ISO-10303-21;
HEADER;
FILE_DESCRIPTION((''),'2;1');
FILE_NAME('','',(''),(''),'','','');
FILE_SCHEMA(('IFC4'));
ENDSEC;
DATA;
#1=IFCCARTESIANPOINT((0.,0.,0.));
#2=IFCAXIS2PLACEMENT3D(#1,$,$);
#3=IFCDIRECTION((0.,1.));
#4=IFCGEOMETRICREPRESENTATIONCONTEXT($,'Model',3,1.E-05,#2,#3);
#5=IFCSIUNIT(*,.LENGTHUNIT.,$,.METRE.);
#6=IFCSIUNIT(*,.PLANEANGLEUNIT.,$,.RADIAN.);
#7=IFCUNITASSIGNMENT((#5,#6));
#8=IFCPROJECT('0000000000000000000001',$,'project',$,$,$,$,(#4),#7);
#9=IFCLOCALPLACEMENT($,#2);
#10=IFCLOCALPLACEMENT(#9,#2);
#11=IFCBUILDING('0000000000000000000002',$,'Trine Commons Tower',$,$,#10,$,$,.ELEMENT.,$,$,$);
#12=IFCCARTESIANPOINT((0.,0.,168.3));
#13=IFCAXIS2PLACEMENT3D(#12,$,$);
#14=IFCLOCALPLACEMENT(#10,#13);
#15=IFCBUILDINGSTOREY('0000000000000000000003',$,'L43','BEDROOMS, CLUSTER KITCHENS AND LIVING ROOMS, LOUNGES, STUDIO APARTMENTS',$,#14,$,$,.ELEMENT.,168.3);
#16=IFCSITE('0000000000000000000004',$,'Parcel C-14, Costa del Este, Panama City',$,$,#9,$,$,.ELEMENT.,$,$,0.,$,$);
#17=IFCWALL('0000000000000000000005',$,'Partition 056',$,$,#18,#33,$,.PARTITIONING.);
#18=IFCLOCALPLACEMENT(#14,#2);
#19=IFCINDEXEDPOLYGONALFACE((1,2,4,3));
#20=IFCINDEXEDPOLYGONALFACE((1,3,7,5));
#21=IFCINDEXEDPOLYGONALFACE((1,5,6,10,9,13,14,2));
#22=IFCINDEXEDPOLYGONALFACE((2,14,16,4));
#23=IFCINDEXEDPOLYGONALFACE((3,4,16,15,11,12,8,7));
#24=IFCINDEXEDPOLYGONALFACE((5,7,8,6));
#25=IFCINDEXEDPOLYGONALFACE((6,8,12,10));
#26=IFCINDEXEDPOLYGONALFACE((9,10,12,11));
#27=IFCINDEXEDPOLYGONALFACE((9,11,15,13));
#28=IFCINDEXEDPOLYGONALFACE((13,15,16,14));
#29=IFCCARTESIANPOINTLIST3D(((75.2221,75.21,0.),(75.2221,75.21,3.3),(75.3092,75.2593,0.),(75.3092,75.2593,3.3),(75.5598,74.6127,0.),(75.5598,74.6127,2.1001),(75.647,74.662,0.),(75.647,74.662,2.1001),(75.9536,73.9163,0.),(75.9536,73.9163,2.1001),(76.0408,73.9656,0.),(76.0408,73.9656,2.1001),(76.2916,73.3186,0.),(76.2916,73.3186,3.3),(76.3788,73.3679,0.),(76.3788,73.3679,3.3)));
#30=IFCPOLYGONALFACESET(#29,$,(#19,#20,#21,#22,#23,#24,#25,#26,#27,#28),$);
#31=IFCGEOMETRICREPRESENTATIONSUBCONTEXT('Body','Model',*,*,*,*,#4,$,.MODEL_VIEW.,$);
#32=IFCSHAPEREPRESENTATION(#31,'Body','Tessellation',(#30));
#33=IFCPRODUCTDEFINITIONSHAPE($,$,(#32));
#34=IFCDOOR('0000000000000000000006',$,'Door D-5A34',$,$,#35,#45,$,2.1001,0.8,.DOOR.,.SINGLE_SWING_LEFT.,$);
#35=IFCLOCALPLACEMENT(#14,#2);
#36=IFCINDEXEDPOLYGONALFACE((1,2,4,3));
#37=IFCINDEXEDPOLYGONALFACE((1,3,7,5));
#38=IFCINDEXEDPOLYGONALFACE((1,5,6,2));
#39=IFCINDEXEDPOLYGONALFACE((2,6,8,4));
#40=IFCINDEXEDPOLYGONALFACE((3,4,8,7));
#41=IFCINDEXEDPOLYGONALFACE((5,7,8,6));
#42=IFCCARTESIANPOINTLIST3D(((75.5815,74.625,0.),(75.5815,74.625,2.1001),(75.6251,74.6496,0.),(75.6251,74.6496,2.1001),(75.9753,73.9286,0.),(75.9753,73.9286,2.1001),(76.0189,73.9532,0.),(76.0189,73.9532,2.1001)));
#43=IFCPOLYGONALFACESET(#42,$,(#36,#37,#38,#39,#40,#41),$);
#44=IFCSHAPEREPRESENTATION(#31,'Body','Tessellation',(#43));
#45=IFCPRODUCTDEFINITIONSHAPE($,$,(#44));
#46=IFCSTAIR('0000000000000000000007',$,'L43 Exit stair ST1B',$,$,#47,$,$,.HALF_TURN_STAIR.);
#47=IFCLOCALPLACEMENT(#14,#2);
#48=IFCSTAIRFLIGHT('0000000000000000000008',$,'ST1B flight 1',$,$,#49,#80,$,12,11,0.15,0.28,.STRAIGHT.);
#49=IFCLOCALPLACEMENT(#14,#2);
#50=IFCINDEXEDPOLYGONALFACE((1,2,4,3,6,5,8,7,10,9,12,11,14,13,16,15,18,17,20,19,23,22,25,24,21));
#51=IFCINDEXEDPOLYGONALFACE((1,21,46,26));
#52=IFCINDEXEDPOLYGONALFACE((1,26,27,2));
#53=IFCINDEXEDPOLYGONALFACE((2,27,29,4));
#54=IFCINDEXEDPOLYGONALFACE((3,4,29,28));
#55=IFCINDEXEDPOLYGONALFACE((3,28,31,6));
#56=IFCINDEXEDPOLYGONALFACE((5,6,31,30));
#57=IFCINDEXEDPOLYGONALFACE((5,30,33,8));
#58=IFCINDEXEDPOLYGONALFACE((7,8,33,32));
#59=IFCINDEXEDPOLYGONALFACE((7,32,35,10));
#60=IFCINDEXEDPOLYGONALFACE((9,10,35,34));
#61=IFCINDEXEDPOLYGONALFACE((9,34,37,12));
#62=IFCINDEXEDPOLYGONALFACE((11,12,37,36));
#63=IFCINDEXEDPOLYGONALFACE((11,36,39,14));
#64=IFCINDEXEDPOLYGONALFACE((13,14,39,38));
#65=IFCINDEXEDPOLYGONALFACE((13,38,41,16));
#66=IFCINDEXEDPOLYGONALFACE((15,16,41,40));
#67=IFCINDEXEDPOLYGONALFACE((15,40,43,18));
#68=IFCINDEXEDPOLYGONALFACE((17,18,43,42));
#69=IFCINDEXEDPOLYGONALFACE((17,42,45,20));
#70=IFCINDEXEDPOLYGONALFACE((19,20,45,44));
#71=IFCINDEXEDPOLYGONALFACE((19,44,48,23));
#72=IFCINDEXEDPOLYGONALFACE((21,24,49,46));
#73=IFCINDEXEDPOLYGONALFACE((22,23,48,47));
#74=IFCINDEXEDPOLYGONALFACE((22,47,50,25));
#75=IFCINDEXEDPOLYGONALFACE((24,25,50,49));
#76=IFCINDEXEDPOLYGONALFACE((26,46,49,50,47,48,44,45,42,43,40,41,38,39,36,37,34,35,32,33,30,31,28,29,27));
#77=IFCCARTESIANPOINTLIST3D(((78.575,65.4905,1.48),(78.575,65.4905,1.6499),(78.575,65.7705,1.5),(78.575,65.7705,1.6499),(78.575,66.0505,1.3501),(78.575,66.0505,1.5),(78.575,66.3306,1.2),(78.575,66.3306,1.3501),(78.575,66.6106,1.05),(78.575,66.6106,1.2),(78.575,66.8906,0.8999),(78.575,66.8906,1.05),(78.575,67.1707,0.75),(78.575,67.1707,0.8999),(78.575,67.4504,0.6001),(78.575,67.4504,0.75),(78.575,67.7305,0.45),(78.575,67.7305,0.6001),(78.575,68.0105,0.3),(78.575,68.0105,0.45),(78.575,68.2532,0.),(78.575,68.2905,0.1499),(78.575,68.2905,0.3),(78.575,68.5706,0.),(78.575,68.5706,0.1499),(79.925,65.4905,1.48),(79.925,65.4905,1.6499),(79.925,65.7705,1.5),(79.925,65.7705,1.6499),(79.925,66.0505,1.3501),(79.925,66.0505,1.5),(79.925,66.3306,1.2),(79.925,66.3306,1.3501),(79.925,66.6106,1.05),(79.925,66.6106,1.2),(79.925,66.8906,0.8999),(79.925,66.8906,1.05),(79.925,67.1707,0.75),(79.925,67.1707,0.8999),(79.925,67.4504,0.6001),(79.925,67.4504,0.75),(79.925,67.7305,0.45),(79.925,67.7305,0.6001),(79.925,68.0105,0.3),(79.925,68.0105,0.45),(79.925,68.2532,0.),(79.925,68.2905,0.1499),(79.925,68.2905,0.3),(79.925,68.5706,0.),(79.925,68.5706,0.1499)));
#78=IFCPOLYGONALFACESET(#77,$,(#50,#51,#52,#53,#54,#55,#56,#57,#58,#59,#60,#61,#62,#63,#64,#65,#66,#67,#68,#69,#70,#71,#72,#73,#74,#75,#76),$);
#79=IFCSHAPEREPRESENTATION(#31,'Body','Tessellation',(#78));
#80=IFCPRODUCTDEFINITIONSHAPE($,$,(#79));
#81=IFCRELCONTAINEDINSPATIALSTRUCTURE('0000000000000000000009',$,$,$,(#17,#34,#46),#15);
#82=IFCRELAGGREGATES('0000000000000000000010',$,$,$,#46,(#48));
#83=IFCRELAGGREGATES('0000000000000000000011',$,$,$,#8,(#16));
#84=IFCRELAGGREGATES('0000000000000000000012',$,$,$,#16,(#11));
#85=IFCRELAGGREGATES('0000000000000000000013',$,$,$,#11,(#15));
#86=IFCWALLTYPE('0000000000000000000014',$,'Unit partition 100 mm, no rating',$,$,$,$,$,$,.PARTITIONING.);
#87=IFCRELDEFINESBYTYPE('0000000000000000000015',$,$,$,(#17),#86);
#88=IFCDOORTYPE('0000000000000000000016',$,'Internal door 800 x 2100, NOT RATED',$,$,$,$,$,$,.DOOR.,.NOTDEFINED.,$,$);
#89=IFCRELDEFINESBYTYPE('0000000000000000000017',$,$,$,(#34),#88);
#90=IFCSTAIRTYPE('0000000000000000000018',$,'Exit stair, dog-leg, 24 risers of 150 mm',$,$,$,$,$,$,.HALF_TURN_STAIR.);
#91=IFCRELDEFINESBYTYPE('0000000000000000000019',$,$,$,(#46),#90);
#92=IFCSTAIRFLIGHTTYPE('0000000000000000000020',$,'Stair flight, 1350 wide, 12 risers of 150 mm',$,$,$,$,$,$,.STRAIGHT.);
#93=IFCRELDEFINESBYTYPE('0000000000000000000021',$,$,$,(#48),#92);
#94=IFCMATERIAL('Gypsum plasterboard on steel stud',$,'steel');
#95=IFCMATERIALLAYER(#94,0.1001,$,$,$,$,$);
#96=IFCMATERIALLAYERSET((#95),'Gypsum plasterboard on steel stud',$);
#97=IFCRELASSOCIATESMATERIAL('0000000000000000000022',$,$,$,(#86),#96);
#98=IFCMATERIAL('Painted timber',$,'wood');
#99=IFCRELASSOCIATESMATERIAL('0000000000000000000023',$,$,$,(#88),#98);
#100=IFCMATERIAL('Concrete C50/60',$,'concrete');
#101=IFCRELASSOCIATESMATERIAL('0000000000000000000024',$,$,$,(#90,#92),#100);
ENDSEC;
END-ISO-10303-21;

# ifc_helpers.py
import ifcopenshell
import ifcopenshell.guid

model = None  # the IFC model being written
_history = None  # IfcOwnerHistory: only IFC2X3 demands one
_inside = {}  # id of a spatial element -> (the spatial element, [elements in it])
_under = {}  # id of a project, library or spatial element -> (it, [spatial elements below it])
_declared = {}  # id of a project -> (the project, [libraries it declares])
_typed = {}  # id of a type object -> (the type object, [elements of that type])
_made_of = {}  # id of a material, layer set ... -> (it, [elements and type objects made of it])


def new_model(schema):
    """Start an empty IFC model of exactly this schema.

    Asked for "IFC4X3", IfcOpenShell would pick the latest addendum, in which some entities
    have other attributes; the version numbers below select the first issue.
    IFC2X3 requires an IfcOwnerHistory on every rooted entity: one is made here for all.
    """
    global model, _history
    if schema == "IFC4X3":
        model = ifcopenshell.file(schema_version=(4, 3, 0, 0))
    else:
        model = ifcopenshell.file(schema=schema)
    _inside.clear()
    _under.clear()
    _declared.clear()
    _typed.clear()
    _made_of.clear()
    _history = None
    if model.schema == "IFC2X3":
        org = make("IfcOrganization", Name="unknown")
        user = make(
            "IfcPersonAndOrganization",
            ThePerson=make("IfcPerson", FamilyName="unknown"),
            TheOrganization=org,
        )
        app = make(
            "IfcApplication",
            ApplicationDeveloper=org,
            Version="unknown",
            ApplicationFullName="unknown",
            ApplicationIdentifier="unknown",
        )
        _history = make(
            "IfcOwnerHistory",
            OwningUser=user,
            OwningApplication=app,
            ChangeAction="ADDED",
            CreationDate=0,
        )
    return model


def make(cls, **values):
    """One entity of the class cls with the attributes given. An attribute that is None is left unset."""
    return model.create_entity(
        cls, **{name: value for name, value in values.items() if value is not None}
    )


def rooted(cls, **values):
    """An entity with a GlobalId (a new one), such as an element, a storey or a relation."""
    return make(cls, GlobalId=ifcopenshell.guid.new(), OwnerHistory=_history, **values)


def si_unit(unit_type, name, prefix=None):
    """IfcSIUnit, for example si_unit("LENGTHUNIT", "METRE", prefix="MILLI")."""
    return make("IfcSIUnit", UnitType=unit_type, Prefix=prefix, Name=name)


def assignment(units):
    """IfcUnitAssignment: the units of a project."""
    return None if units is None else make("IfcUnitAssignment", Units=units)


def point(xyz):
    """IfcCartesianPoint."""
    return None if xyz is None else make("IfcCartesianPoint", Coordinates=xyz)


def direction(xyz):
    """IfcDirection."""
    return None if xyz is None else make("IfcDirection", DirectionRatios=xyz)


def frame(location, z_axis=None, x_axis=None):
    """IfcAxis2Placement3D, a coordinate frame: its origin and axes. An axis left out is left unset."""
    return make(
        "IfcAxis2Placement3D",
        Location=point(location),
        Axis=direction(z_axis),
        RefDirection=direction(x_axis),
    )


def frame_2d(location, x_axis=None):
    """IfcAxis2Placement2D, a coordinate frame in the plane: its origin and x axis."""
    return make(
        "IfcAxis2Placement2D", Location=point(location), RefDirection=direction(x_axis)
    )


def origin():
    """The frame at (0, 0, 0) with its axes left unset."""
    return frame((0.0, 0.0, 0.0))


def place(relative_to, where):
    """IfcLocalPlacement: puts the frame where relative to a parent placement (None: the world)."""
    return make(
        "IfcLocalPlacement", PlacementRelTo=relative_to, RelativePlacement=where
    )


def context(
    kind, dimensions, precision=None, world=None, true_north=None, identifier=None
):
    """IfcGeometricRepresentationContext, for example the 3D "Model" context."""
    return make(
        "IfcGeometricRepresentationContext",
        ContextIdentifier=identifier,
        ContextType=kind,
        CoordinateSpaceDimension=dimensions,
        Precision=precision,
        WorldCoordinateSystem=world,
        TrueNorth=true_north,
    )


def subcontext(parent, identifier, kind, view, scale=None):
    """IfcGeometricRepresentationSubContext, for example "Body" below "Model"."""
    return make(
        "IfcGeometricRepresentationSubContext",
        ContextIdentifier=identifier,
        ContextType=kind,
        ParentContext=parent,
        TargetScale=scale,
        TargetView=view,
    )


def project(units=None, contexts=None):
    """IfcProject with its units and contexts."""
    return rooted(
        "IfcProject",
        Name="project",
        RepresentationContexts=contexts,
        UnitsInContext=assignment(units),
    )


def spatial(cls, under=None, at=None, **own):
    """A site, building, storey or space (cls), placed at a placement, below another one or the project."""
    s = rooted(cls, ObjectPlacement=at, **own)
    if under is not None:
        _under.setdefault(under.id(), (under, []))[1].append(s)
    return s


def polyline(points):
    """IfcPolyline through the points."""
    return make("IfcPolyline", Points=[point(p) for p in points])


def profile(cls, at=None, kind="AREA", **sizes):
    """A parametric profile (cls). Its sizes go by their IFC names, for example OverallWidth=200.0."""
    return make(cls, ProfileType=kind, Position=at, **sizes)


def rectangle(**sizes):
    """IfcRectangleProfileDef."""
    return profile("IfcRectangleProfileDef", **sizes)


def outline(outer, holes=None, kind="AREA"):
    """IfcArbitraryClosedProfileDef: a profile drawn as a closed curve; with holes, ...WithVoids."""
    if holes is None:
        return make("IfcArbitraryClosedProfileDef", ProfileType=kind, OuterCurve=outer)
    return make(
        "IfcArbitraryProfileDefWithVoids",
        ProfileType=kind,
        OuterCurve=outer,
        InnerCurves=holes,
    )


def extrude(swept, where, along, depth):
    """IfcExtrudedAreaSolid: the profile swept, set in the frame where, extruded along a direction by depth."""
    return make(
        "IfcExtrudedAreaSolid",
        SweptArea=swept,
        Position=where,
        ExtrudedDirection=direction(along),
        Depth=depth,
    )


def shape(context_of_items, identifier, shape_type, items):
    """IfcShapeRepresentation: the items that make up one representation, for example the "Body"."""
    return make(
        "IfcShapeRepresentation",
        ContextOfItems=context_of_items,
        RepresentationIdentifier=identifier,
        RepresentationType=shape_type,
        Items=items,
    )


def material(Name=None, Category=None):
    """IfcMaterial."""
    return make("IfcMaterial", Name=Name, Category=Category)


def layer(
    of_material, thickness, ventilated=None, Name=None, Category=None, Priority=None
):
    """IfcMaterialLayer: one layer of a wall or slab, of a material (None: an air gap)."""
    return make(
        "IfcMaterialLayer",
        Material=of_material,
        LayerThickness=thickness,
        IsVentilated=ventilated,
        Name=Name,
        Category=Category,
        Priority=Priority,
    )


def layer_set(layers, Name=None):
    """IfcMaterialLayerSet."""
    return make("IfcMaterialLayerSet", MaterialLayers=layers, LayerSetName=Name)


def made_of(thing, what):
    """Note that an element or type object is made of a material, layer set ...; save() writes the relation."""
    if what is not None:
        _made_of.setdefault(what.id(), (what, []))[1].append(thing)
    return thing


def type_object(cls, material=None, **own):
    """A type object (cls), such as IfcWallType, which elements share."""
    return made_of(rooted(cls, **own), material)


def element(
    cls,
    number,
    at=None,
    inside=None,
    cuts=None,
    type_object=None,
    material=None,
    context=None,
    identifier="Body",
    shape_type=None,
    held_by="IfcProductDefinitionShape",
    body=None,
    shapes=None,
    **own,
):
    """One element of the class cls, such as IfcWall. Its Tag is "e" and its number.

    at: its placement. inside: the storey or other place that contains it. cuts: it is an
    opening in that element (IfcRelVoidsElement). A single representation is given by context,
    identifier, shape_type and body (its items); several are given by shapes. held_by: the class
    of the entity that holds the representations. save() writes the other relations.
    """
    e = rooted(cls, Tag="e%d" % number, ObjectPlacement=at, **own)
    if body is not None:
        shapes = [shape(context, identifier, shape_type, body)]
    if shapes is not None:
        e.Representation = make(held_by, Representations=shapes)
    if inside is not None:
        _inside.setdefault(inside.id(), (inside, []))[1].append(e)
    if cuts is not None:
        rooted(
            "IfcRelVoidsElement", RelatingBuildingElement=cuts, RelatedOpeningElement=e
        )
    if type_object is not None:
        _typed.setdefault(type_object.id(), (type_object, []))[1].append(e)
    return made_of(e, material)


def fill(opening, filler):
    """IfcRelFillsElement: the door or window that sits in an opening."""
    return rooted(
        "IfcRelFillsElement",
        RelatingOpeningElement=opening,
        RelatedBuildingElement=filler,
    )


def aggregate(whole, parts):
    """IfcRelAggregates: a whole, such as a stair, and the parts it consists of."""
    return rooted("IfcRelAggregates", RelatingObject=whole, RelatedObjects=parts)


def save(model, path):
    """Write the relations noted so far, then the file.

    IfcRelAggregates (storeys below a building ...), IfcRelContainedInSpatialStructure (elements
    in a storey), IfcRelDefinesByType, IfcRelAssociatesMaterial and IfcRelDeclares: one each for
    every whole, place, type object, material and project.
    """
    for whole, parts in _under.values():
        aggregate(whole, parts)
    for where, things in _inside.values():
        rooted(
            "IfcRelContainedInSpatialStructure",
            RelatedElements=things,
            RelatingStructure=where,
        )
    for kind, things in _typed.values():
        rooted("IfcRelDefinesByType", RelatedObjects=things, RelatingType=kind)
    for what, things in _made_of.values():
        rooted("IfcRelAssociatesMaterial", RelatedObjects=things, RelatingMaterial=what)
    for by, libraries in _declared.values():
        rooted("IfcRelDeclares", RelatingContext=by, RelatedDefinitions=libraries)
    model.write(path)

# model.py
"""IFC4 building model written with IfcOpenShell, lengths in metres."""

from ifc_helpers import new_model, si_unit, direction, frame, frame_2d, origin, place, context, subcontext, project, spatial, polyline, rectangle, outline, extrude, material, layer, layer_set, type_object, element, fill, aggregate, save


model = new_model("IFC4")

# Units and contexts
model_context = context("Model", 3, precision=1e-05, world=origin(), true_north=direction((0.0, 1.0)))
body_context = subcontext(model_context, "Body", "Model", "MODEL_VIEW")
ifc_project = project(units=[si_unit("LENGTHUNIT", "METRE"), si_unit("PLANEANGLEUNIT", "RADIAN")], contexts=[model_context])

# Site, building, storey
site_placement = place(None, origin())
site = spatial("IfcSite", under=ifc_project, at=site_placement, Name="Parcel C-14, Costa del Este, Panama City", CompositionType="ELEMENT", RefElevation=0.0)
building_placement = place(site_placement, origin())
building = spatial("IfcBuilding", under=site, at=building_placement, Name="Trine Commons Tower", CompositionType="ELEMENT")
storey_placement = place(building_placement, frame((0.0, 0.0, 168.3)))
storey = spatial("IfcBuildingStorey", under=building, at=storey_placement, Name="L43", Description="BEDROOMS, CLUSTER KITCHENS AND LIVING ROOMS, LOUNGES, STUDIO APARTMENTS", CompositionType="ELEMENT", Elevation=168.3)

# Shared definitions
ifc_material_1 = material(Name="Gypsum plasterboard on steel stud", Category="steel")

# Shared definitions
ifc_layer_1 = layer(ifc_material_1, 0.1001)
ifc_layer_set_1 = layer_set([ifc_layer_1], Name="Gypsum plasterboard on steel stud")
wall_type_1 = type_object("IfcWallType", Name="Unit partition 100 mm, no rating", PredefinedType="PARTITIONING", material=ifc_layer_set_1)
ifc_material_2 = material(Name="Painted timber", Category="wood")
door_type_1 = type_object("IfcDoorType", Name="Internal door 800 x 2100, NOT RATED", OperationType="NOTDEFINED", PredefinedType="DOOR", material=ifc_material_2)

# Wall, opening, door
wall_1_placement = place(storey_placement, frame((75.2656, 75.2346, 0.0), z_axis=(0.0, 0.0, 1.0), x_axis=(0.49225, -0.870454, 0.0)))
wall_1 = element("IfcWall", 1, at=wall_1_placement, inside=storey, type_object=wall_type_1, Name="Partition 056", PredefinedType="PARTITIONING", context=body_context, shape_type="SweptSolid", body=[
    extrude(rectangle(XDim=2.1729, YDim=0.1001, at=frame_2d((1.0864, 0.0))), origin(), (0.0, 0.0, 1.0), 3.3),
])
opening_1_placement = place(wall_1_placement, frame((0.6863, 0.0, 0.0)))
opening_1 = element("IfcOpeningElement", 2, at=opening_1_placement, cuts=wall_1, PredefinedType="OPENING", context=body_context, shape_type="SweptSolid", body=[
    extrude(rectangle(XDim=0.8, YDim=2.1001, at=frame_2d((0.3999, 1.05))), frame((0.0, 0.0601, 0.0), z_axis=(0.0, -1.0, 0.0), x_axis=(1.0, 0.0, 0.0)), (0.0, 0.0, 1.0), 0.1201),
])
door_1_placement = place(opening_1_placement, origin())
door_1 = element("IfcDoor", 3, at=door_1_placement, inside=storey, type_object=door_type_1, Name="Door D-5A34", OperationType="SINGLE_SWING_LEFT", OverallHeight=2.1001, OverallWidth=0.8, PredefinedType="DOOR", context=body_context, shape_type="SweptSolid", body=[
    extrude(rectangle(XDim=0.8, YDim=2.1001, at=frame_2d((0.3999, 1.05))), frame((0.0, 0.0249, 0.0), z_axis=(0.0, -1.0, 0.0), x_axis=(1.0, 0.0, 0.0)), (0.0, 0.0, 1.0), 0.05),
])
fill(opening_1, door_1)

# Stair, stair flight
ifc_material_3 = material(Name="Concrete C50/60", Category="concrete")
stair_type = type_object("IfcStairType", Name="Exit stair, dog-leg, 24 risers of 150 mm", PredefinedType="HALF_TURN_STAIR", material=ifc_material_3)
stair_placement = place(storey_placement, origin())
stair = element("IfcStair", 4, at=stair_placement, inside=storey, type_object=stair_type, Name="L43 Exit stair ST1B", PredefinedType="HALF_TURN_STAIR")
stair_flight_type = type_object("IfcStairFlightType", Name="Stair flight, 1350 wide, 12 risers of 150 mm", PredefinedType="STRAIGHT", material=ifc_material_3)
stair_flight_placement = place(storey_placement, frame((79.25, 68.5706, 0.0), z_axis=(0.0, 0.0, 1.0), x_axis=(0.0, -1.0, 0.0)))
stair_flight = element("IfcStairFlight", 5, at=stair_flight_placement, type_object=stair_flight_type, Name="ST1B flight 1", NumberOfRisers=12, NumberOfTreads=11, PredefinedType="STRAIGHT", RiserHeight=0.15, TreadLength=0.28, context=body_context, shape_type="SweptSolid", body=[
    extrude(outline(polyline([(0.0, 0.0), (0.0, 0.1499), (0.28, 0.1499), (0.28, 0.3), (0.5601, 0.3), (0.5601, 0.45), (0.8401, 0.45), (0.8401, 0.6001), (1.1201, 0.6001), (1.1201, 0.75), (1.3999, 0.75), (1.3999, 0.8999), (1.6799, 0.8999), (1.6799, 1.05), (1.96, 1.05), (1.96, 1.2), (2.24, 1.2), (2.24, 1.3501), (2.52, 1.3501), (2.52, 1.5), (2.8, 1.5), (2.8, 1.6499), (3.0801, 1.6499), (3.0801, 1.8), (3.0801, 1.48), (0.3174, 0.0), (0.0, 0.0)])), frame((0.0, 0.675, 0.0), z_axis=(0.0, -1.0, 0.0), x_axis=(1.0, 0.0, 0.0)), (0.0, 0.0, 1.0), 1.3501),
])
aggregate(stair, [stair_flight])

save(model, "model.ifc")
